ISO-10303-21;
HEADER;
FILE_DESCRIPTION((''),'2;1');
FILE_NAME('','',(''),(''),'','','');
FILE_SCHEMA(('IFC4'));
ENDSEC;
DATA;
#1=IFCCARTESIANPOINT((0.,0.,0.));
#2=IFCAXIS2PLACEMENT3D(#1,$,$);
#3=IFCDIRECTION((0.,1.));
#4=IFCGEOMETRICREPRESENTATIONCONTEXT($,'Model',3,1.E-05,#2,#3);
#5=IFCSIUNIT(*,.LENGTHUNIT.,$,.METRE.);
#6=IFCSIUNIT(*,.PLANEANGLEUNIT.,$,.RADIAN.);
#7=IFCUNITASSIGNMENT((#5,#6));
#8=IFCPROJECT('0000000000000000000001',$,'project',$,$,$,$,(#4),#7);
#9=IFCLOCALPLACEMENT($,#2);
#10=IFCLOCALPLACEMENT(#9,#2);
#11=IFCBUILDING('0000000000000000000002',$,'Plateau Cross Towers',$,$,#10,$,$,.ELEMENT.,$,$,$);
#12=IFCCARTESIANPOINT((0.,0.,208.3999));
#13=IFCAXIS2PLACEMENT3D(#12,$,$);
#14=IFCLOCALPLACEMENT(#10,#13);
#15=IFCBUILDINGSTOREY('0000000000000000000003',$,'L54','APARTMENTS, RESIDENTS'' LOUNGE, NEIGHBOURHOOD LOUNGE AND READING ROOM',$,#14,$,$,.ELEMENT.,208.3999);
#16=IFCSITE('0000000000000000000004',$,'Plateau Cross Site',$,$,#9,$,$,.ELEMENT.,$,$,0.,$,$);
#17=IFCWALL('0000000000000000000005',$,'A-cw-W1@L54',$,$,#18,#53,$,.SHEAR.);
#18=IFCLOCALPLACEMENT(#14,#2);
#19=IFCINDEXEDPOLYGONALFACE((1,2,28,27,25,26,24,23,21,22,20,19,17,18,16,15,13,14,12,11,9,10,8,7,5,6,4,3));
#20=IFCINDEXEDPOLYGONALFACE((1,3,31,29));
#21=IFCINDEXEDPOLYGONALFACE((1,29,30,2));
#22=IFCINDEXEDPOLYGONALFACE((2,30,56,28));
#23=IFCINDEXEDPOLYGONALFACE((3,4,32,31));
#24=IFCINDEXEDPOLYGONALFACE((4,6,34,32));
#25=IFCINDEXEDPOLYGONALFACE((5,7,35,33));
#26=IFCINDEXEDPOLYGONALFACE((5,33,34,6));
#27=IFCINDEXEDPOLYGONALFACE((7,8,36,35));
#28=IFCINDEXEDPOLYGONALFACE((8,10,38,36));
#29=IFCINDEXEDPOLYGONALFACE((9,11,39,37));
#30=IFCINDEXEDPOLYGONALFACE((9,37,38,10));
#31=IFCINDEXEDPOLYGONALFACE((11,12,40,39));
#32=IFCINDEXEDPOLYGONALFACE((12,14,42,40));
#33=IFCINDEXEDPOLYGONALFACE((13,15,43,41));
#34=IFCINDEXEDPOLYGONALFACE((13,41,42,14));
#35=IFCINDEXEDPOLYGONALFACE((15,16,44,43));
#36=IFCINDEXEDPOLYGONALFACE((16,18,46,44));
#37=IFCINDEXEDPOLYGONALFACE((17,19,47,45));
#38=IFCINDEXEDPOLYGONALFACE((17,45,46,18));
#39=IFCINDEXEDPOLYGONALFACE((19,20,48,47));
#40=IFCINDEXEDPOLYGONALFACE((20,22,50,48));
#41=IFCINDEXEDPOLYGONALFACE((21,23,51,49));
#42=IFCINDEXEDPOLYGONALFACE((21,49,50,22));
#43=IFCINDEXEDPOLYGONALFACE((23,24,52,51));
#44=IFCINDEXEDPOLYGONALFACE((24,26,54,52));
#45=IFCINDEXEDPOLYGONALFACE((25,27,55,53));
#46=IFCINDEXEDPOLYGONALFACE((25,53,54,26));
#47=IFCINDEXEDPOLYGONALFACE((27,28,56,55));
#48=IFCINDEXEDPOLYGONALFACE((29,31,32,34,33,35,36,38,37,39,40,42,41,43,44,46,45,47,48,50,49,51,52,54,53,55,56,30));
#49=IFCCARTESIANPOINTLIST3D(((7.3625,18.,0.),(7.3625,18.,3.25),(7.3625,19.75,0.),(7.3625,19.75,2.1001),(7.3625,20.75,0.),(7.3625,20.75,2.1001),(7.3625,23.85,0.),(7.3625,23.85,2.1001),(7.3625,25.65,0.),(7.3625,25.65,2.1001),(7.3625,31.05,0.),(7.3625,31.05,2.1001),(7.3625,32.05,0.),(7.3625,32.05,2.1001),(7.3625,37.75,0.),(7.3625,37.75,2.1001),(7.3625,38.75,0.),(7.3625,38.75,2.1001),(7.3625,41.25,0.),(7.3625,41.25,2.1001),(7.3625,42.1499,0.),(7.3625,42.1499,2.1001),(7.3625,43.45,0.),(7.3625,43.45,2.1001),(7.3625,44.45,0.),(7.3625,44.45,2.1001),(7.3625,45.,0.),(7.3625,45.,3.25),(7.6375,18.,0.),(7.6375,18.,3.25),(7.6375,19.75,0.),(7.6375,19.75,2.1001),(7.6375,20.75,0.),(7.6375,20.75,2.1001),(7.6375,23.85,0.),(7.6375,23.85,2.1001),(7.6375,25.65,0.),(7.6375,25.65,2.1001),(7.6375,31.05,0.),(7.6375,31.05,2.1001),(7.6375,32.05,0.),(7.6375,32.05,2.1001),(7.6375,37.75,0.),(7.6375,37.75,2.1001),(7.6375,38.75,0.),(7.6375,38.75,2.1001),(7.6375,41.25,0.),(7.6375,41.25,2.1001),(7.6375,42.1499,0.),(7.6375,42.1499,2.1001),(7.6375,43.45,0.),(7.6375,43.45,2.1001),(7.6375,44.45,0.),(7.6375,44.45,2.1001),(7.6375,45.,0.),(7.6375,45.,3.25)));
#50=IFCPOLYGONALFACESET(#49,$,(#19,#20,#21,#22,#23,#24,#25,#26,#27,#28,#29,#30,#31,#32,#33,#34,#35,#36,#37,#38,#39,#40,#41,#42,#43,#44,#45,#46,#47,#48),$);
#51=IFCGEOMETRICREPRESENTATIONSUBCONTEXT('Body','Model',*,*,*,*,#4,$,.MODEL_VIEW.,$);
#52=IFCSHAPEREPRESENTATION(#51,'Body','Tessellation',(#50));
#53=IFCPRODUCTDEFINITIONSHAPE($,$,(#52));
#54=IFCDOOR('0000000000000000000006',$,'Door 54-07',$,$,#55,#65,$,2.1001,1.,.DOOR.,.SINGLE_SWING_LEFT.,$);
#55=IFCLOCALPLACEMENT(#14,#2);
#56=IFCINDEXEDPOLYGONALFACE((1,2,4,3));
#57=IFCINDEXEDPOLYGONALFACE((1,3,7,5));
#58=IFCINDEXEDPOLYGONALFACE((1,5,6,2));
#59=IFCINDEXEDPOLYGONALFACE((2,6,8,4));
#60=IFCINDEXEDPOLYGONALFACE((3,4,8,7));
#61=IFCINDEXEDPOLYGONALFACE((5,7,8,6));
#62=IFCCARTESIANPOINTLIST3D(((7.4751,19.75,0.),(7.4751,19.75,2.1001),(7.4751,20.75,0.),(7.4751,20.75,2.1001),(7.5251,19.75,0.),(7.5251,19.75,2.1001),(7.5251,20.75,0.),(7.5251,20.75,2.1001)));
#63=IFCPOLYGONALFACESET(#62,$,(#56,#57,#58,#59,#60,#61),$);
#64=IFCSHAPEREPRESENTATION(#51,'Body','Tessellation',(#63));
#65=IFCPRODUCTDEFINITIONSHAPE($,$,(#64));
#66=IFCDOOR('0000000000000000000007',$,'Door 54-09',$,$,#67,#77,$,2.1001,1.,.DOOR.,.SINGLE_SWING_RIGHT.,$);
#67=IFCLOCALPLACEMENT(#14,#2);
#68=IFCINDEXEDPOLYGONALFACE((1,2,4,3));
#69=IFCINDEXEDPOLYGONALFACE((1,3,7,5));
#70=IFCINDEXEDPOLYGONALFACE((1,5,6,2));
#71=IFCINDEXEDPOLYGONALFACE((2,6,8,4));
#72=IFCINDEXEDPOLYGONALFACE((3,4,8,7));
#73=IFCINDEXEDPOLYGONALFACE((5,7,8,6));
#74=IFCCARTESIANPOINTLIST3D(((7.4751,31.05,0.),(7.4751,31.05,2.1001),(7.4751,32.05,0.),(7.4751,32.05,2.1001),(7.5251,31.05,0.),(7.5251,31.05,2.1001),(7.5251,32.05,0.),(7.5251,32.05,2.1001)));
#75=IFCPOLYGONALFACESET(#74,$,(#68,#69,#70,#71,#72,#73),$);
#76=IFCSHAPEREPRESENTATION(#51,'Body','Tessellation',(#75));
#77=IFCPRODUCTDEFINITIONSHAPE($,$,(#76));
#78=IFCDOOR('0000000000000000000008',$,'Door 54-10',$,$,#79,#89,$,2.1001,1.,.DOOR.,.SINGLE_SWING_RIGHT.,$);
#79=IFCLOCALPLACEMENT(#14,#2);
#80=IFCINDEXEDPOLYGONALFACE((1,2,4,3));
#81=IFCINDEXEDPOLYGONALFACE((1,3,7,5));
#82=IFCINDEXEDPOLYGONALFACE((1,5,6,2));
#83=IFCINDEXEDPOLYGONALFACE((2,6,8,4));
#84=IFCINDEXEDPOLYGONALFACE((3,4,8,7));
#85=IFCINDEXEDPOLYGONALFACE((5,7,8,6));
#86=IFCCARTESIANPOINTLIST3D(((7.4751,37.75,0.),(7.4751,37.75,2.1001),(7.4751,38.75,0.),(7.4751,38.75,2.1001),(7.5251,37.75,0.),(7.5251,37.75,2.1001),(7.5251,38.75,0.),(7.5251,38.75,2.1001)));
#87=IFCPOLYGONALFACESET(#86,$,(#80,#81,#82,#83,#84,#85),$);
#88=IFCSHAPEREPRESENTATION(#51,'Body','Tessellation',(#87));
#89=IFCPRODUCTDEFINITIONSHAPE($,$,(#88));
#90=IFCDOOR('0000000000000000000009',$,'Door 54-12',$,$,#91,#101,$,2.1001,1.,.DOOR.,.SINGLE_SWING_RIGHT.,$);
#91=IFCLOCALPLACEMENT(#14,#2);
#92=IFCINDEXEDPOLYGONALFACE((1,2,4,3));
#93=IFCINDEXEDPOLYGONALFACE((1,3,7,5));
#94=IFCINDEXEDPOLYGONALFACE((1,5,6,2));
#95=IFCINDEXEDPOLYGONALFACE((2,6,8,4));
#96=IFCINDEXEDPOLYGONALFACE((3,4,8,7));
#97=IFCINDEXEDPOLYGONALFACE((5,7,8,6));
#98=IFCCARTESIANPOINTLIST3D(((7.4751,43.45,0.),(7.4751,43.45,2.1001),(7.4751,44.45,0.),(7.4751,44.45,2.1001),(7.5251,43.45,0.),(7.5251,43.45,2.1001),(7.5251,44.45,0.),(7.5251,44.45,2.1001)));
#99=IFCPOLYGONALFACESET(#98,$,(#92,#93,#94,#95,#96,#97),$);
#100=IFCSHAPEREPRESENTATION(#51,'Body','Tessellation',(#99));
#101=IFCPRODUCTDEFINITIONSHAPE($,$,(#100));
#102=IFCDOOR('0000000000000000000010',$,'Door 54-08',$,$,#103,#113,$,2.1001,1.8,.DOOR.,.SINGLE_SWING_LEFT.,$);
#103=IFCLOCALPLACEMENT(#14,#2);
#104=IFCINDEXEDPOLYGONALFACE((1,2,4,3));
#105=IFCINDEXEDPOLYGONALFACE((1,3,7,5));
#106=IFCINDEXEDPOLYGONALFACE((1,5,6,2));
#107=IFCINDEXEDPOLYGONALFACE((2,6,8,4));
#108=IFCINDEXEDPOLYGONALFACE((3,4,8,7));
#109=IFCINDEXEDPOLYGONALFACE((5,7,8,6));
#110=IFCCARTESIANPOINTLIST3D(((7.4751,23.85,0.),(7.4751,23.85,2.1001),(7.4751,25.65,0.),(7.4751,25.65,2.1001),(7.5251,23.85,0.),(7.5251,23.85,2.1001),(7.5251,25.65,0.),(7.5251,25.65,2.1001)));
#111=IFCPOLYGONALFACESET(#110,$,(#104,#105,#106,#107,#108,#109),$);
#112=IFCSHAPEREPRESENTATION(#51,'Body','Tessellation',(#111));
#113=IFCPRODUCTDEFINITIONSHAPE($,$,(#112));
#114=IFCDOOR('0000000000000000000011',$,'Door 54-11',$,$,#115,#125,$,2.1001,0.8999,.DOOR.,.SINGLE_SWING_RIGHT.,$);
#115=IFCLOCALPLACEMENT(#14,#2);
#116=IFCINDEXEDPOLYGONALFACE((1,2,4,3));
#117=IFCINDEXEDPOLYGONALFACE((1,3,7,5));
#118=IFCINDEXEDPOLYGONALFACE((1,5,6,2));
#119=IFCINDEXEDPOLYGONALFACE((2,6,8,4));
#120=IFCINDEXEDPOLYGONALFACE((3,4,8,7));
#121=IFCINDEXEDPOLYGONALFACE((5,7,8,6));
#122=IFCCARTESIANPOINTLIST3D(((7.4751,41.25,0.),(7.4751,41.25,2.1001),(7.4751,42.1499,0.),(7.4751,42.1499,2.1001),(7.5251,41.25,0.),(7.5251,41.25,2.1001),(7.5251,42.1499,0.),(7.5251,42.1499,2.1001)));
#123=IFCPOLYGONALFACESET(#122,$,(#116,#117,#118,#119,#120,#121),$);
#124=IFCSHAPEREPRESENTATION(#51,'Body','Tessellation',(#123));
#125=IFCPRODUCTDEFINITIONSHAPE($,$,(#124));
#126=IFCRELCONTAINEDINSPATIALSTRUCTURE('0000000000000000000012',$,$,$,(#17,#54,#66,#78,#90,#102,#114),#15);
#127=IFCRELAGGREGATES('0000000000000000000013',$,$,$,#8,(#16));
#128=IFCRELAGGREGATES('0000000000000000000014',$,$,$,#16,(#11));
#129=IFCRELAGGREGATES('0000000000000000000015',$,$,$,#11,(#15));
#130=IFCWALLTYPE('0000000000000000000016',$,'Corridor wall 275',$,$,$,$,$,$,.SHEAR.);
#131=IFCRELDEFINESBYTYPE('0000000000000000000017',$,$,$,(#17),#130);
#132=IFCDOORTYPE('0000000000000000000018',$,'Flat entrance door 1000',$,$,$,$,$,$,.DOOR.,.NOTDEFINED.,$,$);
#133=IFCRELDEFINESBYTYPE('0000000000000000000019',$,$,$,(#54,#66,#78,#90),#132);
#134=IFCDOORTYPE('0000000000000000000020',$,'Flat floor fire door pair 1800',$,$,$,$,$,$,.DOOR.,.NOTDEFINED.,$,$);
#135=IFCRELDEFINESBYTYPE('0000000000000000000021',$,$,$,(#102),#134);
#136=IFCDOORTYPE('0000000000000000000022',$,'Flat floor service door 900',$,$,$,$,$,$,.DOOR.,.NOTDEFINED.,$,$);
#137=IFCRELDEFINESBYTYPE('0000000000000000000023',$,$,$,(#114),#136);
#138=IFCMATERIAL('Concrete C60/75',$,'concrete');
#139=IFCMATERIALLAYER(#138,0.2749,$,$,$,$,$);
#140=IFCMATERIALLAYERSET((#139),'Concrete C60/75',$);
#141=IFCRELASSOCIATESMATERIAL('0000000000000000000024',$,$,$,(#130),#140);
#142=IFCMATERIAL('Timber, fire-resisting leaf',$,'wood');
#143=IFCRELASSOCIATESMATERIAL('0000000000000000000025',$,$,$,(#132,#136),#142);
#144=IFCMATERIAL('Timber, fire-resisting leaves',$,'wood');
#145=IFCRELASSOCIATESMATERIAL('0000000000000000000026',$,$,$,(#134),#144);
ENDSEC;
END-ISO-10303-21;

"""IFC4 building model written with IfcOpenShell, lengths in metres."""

from ifc_helpers import new_model, si_unit, direction, frame, frame_2d, origin, place, context, subcontext, project, spatial, rectangle, extrude, material, layer, layer_set, type_object, element, fill, save


model = new_model("IFC4")

# Units and contexts
model_context = context("Model", 3, precision=1e-05, world=origin(), true_north=direction((0.0, 1.0)))
body_context = subcontext(model_context, "Body", "Model", "MODEL_VIEW")
ifc_project = project(units=[si_unit("LENGTHUNIT", "METRE"), si_unit("PLANEANGLEUNIT", "RADIAN")], contexts=[model_context])

# Site, building, storey
site_placement = place(None, origin())
site = spatial("IfcSite", under=ifc_project, at=site_placement, Name="Plateau Cross Site", CompositionType="ELEMENT", RefElevation=0.0)
building_placement = place(site_placement, origin())
building = spatial("IfcBuilding", under=site, at=building_placement, Name="Plateau Cross Towers", CompositionType="ELEMENT")
storey_placement = place(building_placement, frame((0.0, 0.0, 208.3999)))
storey = spatial("IfcBuildingStorey", under=building, at=storey_placement, Name="L54", Description="APARTMENTS, RESIDENTS' LOUNGE, NEIGHBOURHOOD LOUNGE AND READING ROOM", CompositionType="ELEMENT", Elevation=208.3999)

# Shared definitions
ifc_material_1 = material(Name="Concrete C60/75", Category="concrete")

# Wall, openings, doors
ifc_layer_1 = layer(ifc_material_1, 0.2749)
ifc_layer_set_1 = layer_set([ifc_layer_1], Name="Concrete C60/75")
wall_type_1 = type_object("IfcWallType", Name="Corridor wall 275", PredefinedType="SHEAR", material=ifc_layer_set_1)
wall_1_placement = place(storey_placement, frame((7.5, 18.0, 0.0), z_axis=(0.0, 0.0, 1.0), x_axis=(0.0, 1.0, 0.0)))
wall_1 = element("IfcWall", 1, at=wall_1_placement, inside=storey, type_object=wall_type_1, Name="A-cw-W1@L54", PredefinedType="SHEAR", context=body_context, shape_type="SweptSolid", body=[
    extrude(rectangle(XDim=27.0, YDim=0.2749, at=frame_2d((13.5, 0.0))), origin(), (0.0, 0.0, 1.0), 3.25),
])
opening_1_placement = place(wall_1_placement, frame((1.75, 0.0, 0.0)))
opening_1 = element("IfcOpeningElement", 2, at=opening_1_placement, cuts=wall_1, PredefinedType="OPENING", context=body_context, shape_type="SweptSolid", body=[
    extrude(rectangle(XDim=1.0, YDim=2.1001, at=frame_2d((0.5, 1.05))), frame((0.0, 0.1475, 0.0), z_axis=(0.0, -1.0, 0.0), x_axis=(1.0, 0.0, 0.0)), (0.0, 0.0, 1.0), 0.2949),
])
opening_2_placement = place(wall_1_placement, frame((5.8501, 0.0, 0.0)))
opening_2 = element("IfcOpeningElement", 3, at=opening_2_placement, cuts=wall_1, PredefinedType="OPENING", context=body_context, shape_type="SweptSolid", body=[
    extrude(rectangle(XDim=1.8, YDim=2.1001, at=frame_2d((0.8999, 1.05))), frame((0.0, 0.1475, 0.0), z_axis=(0.0, -1.0, 0.0), x_axis=(1.0, 0.0, 0.0)), (0.0, 0.0, 1.0), 0.2949),
])
opening_3_placement = place(wall_1_placement, frame((13.05, 0.0, 0.0)))
opening_3 = element("IfcOpeningElement", 4, at=opening_3_placement, cuts=wall_1, PredefinedType="OPENING", context=body_context, shape_type="SweptSolid", body=[
    extrude(rectangle(XDim=1.0, YDim=2.1001, at=frame_2d((0.5, 1.05))), frame((0.0, 0.1475, 0.0), z_axis=(0.0, -1.0, 0.0), x_axis=(1.0, 0.0, 0.0)), (0.0, 0.0, 1.0), 0.2949),
])
opening_4_placement = place(wall_1_placement, frame((19.75, 0.0, 0.0)))
opening_4 = element("IfcOpeningElement", 5, at=opening_4_placement, cuts=wall_1, PredefinedType="OPENING", context=body_context, shape_type="SweptSolid", body=[
    extrude(rectangle(XDim=1.0, YDim=2.1001, at=frame_2d((0.5, 1.05))), frame((0.0, 0.1475, 0.0), z_axis=(0.0, -1.0, 0.0), x_axis=(1.0, 0.0, 0.0)), (0.0, 0.0, 1.0), 0.2949),
])
opening_5_placement = place(wall_1_placement, frame((23.25, 0.0, 0.0)))
opening_5 = element("IfcOpeningElement", 6, at=opening_5_placement, cuts=wall_1, PredefinedType="OPENING", context=body_context, shape_type="SweptSolid", body=[
    extrude(rectangle(XDim=0.8999, YDim=2.1001, at=frame_2d((0.45, 1.05))), frame((0.0, 0.1475, 0.0), z_axis=(0.0, -1.0, 0.0), x_axis=(1.0, 0.0, 0.0)), (0.0, 0.0, 1.0), 0.2949),
])
opening_6_placement = place(wall_1_placement, frame((25.45, 0.0, 0.0)))
opening_6 = element("IfcOpeningElement", 7, at=opening_6_placement, cuts=wall_1, PredefinedType="OPENING", context=body_context, shape_type="SweptSolid", body=[
    extrude(rectangle(XDim=1.0, YDim=2.1001, at=frame_2d((0.5, 1.05))), frame((0.0, 0.1475, 0.0), z_axis=(0.0, -1.0, 0.0), x_axis=(1.0, 0.0, 0.0)), (0.0, 0.0, 1.0), 0.2949),
])
ifc_material_2 = material(Name="Timber, fire-resisting leaf", Category="wood")
door_type_1 = type_object("IfcDoorType", Name="Flat entrance door 1000", OperationType="NOTDEFINED", PredefinedType="DOOR", material=ifc_material_2)
door_1_placement = place(opening_1_placement, origin())
door_1 = element("IfcDoor", 8, at=door_1_placement, inside=storey, type_object=door_type_1, Name="Door 54-07", OperationType="SINGLE_SWING_LEFT", OverallHeight=2.1001, OverallWidth=1.0, PredefinedType="DOOR", context=body_context, shape_type="SweptSolid", body=[
    extrude(rectangle(XDim=1.0, YDim=2.1001, at=frame_2d((0.5, 1.05))), frame((0.0, 0.0249, 0.0), z_axis=(0.0, -1.0, 0.0), x_axis=(1.0, 0.0, 0.0)), (0.0, 0.0, 1.0), 0.05),
])
fill(opening_1, door_1)
door_2_placement = place(opening_3_placement, origin())
door_2 = element("IfcDoor", 9, at=door_2_placement, inside=storey, type_object=door_type_1, Name="Door 54-09", OperationType="SINGLE_SWING_RIGHT", OverallHeight=2.1001, OverallWidth=1.0, PredefinedType="DOOR", context=body_context, shape_type="SweptSolid", body=[
    extrude(rectangle(XDim=1.0, YDim=2.1001, at=frame_2d((0.5, 1.05))), frame((0.0, 0.0249, 0.0), z_axis=(0.0, -1.0, 0.0), x_axis=(1.0, 0.0, 0.0)), (0.0, 0.0, 1.0), 0.05),
])
fill(opening_3, door_2)
door_3_placement = place(opening_4_placement, origin())
door_3 = element("IfcDoor", 10, at=door_3_placement, inside=storey, type_object=door_type_1, Name="Door 54-10", OperationType="SINGLE_SWING_RIGHT", OverallHeight=2.1001, OverallWidth=1.0, PredefinedType="DOOR", context=body_context, shape_type="SweptSolid", body=[
    extrude(rectangle(XDim=1.0, YDim=2.1001, at=frame_2d((0.5, 1.05))), frame((0.0, 0.0249, 0.0), z_axis=(0.0, -1.0, 0.0), x_axis=(1.0, 0.0, 0.0)), (0.0, 0.0, 1.0), 0.05),
])
fill(opening_4, door_3)
door_4_placement = place(opening_6_placement, origin())
door_4 = element("IfcDoor", 11, at=door_4_placement, inside=storey, type_object=door_type_1, Name="Door 54-12", OperationType="SINGLE_SWING_RIGHT", OverallHeight=2.1001, OverallWidth=1.0, PredefinedType="DOOR", context=body_context, shape_type="SweptSolid", body=[
    extrude(rectangle(XDim=1.0, YDim=2.1001, at=frame_2d((0.5, 1.05))), frame((0.0, 0.0249, 0.0), z_axis=(0.0, -1.0, 0.0), x_axis=(1.0, 0.0, 0.0)), (0.0, 0.0, 1.0), 0.05),
])
fill(opening_6, door_4)
ifc_material_3 = material(Name="Timber, fire-resisting leaves", Category="wood")
door_type_2 = type_object("IfcDoorType", Name="Flat floor fire door pair 1800", OperationType="NOTDEFINED", PredefinedType="DOOR", material=ifc_material_3)
door_5_placement = place(opening_2_placement, origin())
door_5 = element("IfcDoor", 12, at=door_5_placement, inside=storey, type_object=door_type_2, Name="Door 54-08", OperationType="SINGLE_SWING_LEFT", OverallHeight=2.1001, OverallWidth=1.8, PredefinedType="DOOR", context=body_context, shape_type="SweptSolid", body=[
    extrude(rectangle(XDim=1.8, YDim=2.1001, at=frame_2d((0.8999, 1.05))), frame((0.0, 0.0249, 0.0), z_axis=(0.0, -1.0, 0.0), x_axis=(1.0, 0.0, 0.0)), (0.0, 0.0, 1.0), 0.05),
])
fill(opening_2, door_5)
door_type_3 = type_object("IfcDoorType", Name="Flat floor service door 900", OperationType="NOTDEFINED", PredefinedType="DOOR", material=ifc_material_2)
door_6_placement = place(opening_5_placement, origin())
door_6 = element("IfcDoor", 13, at=door_6_placement, inside=storey, type_object=door_type_3, Name="Door 54-11", OperationType="SINGLE_SWING_RIGHT", OverallHeight=2.1001, OverallWidth=0.8999, PredefinedType="DOOR", context=body_context, shape_type="SweptSolid", body=[
    extrude(rectangle(XDim=0.8999, YDim=2.1001, at=frame_2d((0.45, 1.05))), frame((0.0, 0.0249, 0.0), z_axis=(0.0, -1.0, 0.0), x_axis=(1.0, 0.0, 0.0)), (0.0, 0.0, 1.0), 0.05),
])
fill(opening_5, door_6)

save(model, "model.ifc")
